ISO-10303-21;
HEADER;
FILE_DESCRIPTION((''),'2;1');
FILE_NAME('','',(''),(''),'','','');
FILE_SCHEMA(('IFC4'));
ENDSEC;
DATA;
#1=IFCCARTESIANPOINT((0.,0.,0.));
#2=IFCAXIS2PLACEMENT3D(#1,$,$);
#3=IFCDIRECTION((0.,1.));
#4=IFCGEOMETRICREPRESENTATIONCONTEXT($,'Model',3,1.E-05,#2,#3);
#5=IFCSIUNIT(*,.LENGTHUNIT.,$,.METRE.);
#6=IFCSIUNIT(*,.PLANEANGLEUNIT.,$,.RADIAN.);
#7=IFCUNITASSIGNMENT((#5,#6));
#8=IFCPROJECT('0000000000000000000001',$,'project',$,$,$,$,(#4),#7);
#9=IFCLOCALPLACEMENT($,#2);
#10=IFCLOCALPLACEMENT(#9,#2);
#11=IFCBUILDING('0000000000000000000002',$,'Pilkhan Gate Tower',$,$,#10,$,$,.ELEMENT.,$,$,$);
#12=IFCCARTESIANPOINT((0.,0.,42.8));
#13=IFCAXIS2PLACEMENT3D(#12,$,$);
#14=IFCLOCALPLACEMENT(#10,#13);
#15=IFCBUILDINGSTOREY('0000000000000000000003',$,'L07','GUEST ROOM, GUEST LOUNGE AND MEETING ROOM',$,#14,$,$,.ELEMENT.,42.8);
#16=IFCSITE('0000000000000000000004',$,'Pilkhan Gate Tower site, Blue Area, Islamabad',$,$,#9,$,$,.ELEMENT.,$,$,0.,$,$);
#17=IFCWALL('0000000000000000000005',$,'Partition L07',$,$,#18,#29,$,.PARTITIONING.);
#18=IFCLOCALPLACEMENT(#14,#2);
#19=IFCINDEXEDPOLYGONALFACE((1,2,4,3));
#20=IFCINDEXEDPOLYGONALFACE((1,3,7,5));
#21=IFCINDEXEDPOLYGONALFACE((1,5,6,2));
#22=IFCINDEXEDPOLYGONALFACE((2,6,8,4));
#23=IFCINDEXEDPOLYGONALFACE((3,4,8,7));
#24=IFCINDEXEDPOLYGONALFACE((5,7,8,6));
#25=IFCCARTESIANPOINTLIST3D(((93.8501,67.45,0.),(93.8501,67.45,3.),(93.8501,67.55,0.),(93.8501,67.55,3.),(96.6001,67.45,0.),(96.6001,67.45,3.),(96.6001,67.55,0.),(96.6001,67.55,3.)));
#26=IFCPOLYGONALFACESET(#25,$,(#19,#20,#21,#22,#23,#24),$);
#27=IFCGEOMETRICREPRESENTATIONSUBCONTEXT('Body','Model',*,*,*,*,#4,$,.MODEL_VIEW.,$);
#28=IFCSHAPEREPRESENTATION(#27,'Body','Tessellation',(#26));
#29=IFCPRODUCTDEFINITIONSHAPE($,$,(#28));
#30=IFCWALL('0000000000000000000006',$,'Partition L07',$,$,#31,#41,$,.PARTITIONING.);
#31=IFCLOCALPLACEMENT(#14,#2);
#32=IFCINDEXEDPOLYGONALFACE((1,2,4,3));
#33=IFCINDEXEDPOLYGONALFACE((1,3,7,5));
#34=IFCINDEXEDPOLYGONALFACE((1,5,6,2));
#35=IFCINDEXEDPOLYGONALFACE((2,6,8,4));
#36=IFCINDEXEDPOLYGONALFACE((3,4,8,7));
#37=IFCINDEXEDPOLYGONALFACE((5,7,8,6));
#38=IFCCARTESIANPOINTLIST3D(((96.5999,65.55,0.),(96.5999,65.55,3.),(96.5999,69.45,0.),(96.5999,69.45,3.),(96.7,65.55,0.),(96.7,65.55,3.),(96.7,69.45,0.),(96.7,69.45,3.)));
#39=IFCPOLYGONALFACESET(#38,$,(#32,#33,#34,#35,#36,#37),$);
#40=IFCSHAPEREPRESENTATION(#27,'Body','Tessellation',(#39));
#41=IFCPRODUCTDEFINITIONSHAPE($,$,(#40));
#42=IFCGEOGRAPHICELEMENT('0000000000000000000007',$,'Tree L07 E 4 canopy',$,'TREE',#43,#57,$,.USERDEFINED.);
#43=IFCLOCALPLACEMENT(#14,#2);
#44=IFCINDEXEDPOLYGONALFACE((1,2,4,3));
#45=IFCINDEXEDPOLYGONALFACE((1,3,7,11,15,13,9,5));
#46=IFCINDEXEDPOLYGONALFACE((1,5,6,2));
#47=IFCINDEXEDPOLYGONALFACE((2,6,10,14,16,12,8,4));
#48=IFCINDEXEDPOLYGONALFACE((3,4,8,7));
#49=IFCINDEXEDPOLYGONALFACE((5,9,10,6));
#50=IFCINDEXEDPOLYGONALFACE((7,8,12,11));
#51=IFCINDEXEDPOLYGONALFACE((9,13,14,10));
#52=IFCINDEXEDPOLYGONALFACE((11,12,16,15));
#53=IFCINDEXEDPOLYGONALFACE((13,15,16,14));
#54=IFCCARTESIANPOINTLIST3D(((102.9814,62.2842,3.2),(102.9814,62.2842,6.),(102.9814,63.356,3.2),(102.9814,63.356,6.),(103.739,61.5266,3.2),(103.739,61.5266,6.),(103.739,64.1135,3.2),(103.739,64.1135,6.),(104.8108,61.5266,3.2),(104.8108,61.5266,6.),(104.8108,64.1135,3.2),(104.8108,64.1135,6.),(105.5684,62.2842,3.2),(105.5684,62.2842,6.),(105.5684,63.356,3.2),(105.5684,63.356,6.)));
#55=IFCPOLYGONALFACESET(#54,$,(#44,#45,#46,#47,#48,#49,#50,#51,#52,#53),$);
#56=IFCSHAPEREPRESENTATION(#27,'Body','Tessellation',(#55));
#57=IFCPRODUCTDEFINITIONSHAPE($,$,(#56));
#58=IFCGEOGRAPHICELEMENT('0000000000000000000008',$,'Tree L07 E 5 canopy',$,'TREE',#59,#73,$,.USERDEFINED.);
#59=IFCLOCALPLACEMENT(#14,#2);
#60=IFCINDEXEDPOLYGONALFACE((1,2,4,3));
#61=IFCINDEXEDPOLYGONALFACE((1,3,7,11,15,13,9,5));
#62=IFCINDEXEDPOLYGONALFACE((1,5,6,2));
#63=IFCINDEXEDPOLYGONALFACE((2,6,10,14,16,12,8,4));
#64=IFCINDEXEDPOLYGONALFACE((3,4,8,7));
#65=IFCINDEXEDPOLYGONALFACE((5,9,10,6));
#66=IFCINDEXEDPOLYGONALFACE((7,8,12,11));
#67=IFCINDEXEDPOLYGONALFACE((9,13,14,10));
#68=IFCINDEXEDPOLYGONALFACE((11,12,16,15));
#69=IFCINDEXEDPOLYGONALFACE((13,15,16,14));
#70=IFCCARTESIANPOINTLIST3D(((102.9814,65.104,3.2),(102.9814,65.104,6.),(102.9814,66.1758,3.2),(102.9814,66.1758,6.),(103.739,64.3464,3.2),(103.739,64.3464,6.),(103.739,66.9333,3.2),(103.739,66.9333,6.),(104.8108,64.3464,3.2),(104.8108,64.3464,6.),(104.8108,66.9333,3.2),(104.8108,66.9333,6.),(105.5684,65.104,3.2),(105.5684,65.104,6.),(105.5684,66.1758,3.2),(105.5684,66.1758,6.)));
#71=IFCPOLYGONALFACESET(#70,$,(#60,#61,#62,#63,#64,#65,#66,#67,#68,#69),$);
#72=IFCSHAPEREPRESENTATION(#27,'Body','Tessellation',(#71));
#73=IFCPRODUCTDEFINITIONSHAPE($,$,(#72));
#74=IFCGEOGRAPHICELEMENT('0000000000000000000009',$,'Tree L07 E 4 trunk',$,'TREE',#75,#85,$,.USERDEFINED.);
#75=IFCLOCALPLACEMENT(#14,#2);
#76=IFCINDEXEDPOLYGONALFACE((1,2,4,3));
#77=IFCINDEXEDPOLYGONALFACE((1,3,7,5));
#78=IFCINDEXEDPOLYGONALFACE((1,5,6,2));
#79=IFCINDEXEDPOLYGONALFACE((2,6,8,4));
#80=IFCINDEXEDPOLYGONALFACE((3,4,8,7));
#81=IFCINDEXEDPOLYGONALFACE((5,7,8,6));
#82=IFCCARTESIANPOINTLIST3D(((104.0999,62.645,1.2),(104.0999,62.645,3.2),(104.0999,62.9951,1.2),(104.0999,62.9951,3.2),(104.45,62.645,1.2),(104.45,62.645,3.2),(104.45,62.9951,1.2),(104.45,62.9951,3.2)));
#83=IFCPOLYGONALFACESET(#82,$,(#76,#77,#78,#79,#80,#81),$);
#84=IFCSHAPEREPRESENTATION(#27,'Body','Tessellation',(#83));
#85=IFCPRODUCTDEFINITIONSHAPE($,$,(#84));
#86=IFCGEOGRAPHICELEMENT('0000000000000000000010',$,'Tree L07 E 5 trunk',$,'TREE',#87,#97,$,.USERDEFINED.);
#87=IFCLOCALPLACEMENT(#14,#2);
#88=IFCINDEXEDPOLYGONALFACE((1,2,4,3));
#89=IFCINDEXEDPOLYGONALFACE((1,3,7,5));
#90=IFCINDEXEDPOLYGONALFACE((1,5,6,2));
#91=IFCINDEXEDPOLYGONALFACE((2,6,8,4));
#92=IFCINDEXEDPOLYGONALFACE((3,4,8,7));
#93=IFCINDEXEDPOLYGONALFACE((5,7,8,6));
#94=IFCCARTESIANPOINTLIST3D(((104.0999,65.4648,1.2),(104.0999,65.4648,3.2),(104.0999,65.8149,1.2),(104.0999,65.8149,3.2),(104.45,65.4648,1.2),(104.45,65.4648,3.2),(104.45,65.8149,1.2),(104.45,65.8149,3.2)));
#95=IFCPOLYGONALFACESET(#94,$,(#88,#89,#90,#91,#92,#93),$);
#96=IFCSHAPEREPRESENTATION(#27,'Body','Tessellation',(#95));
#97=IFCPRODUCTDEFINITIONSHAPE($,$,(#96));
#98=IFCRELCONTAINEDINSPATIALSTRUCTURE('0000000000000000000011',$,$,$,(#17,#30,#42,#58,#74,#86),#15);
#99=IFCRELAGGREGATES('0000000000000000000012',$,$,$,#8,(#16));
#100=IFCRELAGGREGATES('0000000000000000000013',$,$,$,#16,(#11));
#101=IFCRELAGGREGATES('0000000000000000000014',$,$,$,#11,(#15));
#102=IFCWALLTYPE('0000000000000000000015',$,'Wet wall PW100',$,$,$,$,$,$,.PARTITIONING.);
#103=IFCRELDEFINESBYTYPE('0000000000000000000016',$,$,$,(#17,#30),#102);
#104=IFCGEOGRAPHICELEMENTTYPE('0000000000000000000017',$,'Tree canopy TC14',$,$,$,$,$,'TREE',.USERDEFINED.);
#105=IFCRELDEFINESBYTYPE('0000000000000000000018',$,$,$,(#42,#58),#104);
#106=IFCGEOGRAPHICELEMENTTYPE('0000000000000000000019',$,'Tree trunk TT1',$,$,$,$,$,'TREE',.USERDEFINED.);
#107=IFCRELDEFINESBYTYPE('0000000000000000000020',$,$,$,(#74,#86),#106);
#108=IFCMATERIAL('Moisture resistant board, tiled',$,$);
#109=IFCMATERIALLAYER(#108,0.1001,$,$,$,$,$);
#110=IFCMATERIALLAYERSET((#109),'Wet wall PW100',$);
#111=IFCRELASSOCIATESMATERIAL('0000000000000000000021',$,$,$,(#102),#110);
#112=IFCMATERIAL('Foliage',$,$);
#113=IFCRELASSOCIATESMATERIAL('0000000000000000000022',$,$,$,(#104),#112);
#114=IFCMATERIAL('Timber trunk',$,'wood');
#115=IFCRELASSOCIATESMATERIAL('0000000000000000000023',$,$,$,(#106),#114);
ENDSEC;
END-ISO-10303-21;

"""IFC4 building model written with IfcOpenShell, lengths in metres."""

from ifc_helpers import new_model, si_unit, direction, frame, frame_2d, origin, origin_2d, place, context, subcontext, project, spatial, polyline, rectangle, outline, extrude, material, layer, layer_set, material_profile, profile_set, type_object, element, save


model = new_model("IFC4")

# Units and contexts
model_context = context("Model", 3, precision=1e-05, world=origin(), true_north=direction((0.0, 1.0)))
body_context = subcontext(model_context, "Body", "Model", "MODEL_VIEW")
ifc_project = project(units=[si_unit("LENGTHUNIT", "METRE"), si_unit("PLANEANGLEUNIT", "RADIAN")], contexts=[model_context])

# Site, building, storey
site_placement = place(None, origin())
site = spatial("IfcSite", under=ifc_project, at=site_placement, Name="Pilkhan Gate Tower site, Blue Area, Islamabad", CompositionType="ELEMENT", RefElevation=0.0)
building_placement = place(site_placement, origin())
building = spatial("IfcBuilding", under=site, at=building_placement, Name="Pilkhan Gate Tower", CompositionType="ELEMENT")
storey_placement = place(building_placement, frame((0.0, 0.0, 42.8)))
storey = spatial("IfcBuildingStorey", under=building, at=storey_placement, Name="L07", Description="GUEST ROOM, GUEST LOUNGE AND MEETING ROOM", CompositionType="ELEMENT", Elevation=42.8)

# Shared definitions
ifc_material_1 = material(Name="Moisture resistant board, tiled")
ifc_layer_1 = layer(ifc_material_1, 0.1001)
ifc_layer_set_1 = layer_set([ifc_layer_1], Name="Wet wall PW100")
wall_type_1 = type_object("IfcWallType", Name="Wet wall PW100", PredefinedType="PARTITIONING", material=ifc_layer_set_1)

# Walls
wall_1_placement = place(storey_placement, frame((93.8501, 67.5, 0.0), z_axis=(0.0, 0.0, 1.0), x_axis=(1.0, 0.0, 0.0)))
element("IfcWall", 1, at=wall_1_placement, inside=storey, type_object=wall_type_1, Name="Partition L07", PredefinedType="PARTITIONING", context=body_context, shape_type="SweptSolid", body=[
    extrude(rectangle(XDim=2.75, YDim=0.1001, at=frame_2d((1.375, 0.0))), origin(), (0.0, 0.0, 1.0), 3.0),
])
wall_2_placement = place(storey_placement, frame((96.6499, 65.55, 0.0), z_axis=(0.0, 0.0, 1.0), x_axis=(0.0, 1.0, 0.0)))
element("IfcWall", 2, at=wall_2_placement, inside=storey, type_object=wall_type_1, Name="Partition L07", PredefinedType="PARTITIONING", context=body_context, shape_type="SweptSolid", body=[
    extrude(rectangle(XDim=3.8999, YDim=0.1001, at=frame_2d((1.95, 0.0))), origin(), (0.0, 0.0, 1.0), 3.0),
])

# Geographic elements
ifc_material_2 = material(Name="Foliage")
ifc_material_profile_1 = material_profile(ifc_material_2, outline(polyline([(1.2935, 0.5359), (0.5359, 1.2935), (-0.5359, 1.2935), (-1.2935, 0.5359), (-1.2935, -0.5359), (-0.5359, -1.2935), (0.5359, -1.2935), (1.2935, -0.5359), (1.2935, 0.5359)])), Name="Canopy D2.8")
ifc_profile_set_1 = profile_set([ifc_material_profile_1], Name="Foliage")
geographic_element_type_1 = type_object("IfcGeographicElementType", Name="Tree canopy TC14", ElementType="TREE", PredefinedType="USERDEFINED", material=ifc_profile_set_1)
for number, where, z_axis, x_axis, name in (
    (3, (104.2749, 62.8201, 3.2), (0.0, 0.0, 1.0), (1.0, 0.0, 0.0), "Tree L07 E 4 canopy"),
    (4, (104.2749, 65.6399, 3.2), (0.0, 0.0, 1.0), (1.0, 0.0, 0.0), "Tree L07 E 5 canopy"),
):
    element("IfcGeographicElement", number, at=place(storey_placement, frame(where, z_axis=z_axis, x_axis=x_axis)), inside=storey, type_object=geographic_element_type_1, Name=name, ObjectType="TREE", PredefinedType="USERDEFINED", context=body_context, shape_type="SweptSolid", body=[
        extrude(outline(polyline([(1.2935, 0.5359), (0.5359, 1.2935), (-0.5359, 1.2935), (-1.2935, 0.5359), (-1.2935, -0.5359), (-0.5359, -1.2935), (0.5359, -1.2935), (1.2935, -0.5359), (1.2935, 0.5359)])), origin(), (0.0, 0.0, 1.0), 2.8),
    ])
ifc_material_3 = material(Name="Timber trunk", Category="wood")
geographic_element_type_2 = type_object("IfcGeographicElementType", Name="Tree trunk TT1", ElementType="TREE", PredefinedType="USERDEFINED", material=ifc_material_3)
for number, where, z_axis, x_axis, name in (
    (5, (104.2749, 62.8201, 1.2), (0.0, 0.0, 1.0), (1.0, 0.0, 0.0), "Tree L07 E 4 trunk"),
    (6, (104.2749, 65.6399, 1.2), (0.0, 0.0, 1.0), (1.0, 0.0, 0.0), "Tree L07 E 5 trunk"),
):
    element("IfcGeographicElement", number, at=place(storey_placement, frame(where, z_axis=z_axis, x_axis=x_axis)), inside=storey, type_object=geographic_element_type_2, Name=name, ObjectType="TREE", PredefinedType="USERDEFINED", context=body_context, shape_type="SweptSolid", body=[
        extrude(rectangle(XDim=0.3501, YDim=0.3501, at=origin_2d()), origin(), (0.0, 0.0, 1.0), 2.0),
    ])

save(model, "model.ifc")
